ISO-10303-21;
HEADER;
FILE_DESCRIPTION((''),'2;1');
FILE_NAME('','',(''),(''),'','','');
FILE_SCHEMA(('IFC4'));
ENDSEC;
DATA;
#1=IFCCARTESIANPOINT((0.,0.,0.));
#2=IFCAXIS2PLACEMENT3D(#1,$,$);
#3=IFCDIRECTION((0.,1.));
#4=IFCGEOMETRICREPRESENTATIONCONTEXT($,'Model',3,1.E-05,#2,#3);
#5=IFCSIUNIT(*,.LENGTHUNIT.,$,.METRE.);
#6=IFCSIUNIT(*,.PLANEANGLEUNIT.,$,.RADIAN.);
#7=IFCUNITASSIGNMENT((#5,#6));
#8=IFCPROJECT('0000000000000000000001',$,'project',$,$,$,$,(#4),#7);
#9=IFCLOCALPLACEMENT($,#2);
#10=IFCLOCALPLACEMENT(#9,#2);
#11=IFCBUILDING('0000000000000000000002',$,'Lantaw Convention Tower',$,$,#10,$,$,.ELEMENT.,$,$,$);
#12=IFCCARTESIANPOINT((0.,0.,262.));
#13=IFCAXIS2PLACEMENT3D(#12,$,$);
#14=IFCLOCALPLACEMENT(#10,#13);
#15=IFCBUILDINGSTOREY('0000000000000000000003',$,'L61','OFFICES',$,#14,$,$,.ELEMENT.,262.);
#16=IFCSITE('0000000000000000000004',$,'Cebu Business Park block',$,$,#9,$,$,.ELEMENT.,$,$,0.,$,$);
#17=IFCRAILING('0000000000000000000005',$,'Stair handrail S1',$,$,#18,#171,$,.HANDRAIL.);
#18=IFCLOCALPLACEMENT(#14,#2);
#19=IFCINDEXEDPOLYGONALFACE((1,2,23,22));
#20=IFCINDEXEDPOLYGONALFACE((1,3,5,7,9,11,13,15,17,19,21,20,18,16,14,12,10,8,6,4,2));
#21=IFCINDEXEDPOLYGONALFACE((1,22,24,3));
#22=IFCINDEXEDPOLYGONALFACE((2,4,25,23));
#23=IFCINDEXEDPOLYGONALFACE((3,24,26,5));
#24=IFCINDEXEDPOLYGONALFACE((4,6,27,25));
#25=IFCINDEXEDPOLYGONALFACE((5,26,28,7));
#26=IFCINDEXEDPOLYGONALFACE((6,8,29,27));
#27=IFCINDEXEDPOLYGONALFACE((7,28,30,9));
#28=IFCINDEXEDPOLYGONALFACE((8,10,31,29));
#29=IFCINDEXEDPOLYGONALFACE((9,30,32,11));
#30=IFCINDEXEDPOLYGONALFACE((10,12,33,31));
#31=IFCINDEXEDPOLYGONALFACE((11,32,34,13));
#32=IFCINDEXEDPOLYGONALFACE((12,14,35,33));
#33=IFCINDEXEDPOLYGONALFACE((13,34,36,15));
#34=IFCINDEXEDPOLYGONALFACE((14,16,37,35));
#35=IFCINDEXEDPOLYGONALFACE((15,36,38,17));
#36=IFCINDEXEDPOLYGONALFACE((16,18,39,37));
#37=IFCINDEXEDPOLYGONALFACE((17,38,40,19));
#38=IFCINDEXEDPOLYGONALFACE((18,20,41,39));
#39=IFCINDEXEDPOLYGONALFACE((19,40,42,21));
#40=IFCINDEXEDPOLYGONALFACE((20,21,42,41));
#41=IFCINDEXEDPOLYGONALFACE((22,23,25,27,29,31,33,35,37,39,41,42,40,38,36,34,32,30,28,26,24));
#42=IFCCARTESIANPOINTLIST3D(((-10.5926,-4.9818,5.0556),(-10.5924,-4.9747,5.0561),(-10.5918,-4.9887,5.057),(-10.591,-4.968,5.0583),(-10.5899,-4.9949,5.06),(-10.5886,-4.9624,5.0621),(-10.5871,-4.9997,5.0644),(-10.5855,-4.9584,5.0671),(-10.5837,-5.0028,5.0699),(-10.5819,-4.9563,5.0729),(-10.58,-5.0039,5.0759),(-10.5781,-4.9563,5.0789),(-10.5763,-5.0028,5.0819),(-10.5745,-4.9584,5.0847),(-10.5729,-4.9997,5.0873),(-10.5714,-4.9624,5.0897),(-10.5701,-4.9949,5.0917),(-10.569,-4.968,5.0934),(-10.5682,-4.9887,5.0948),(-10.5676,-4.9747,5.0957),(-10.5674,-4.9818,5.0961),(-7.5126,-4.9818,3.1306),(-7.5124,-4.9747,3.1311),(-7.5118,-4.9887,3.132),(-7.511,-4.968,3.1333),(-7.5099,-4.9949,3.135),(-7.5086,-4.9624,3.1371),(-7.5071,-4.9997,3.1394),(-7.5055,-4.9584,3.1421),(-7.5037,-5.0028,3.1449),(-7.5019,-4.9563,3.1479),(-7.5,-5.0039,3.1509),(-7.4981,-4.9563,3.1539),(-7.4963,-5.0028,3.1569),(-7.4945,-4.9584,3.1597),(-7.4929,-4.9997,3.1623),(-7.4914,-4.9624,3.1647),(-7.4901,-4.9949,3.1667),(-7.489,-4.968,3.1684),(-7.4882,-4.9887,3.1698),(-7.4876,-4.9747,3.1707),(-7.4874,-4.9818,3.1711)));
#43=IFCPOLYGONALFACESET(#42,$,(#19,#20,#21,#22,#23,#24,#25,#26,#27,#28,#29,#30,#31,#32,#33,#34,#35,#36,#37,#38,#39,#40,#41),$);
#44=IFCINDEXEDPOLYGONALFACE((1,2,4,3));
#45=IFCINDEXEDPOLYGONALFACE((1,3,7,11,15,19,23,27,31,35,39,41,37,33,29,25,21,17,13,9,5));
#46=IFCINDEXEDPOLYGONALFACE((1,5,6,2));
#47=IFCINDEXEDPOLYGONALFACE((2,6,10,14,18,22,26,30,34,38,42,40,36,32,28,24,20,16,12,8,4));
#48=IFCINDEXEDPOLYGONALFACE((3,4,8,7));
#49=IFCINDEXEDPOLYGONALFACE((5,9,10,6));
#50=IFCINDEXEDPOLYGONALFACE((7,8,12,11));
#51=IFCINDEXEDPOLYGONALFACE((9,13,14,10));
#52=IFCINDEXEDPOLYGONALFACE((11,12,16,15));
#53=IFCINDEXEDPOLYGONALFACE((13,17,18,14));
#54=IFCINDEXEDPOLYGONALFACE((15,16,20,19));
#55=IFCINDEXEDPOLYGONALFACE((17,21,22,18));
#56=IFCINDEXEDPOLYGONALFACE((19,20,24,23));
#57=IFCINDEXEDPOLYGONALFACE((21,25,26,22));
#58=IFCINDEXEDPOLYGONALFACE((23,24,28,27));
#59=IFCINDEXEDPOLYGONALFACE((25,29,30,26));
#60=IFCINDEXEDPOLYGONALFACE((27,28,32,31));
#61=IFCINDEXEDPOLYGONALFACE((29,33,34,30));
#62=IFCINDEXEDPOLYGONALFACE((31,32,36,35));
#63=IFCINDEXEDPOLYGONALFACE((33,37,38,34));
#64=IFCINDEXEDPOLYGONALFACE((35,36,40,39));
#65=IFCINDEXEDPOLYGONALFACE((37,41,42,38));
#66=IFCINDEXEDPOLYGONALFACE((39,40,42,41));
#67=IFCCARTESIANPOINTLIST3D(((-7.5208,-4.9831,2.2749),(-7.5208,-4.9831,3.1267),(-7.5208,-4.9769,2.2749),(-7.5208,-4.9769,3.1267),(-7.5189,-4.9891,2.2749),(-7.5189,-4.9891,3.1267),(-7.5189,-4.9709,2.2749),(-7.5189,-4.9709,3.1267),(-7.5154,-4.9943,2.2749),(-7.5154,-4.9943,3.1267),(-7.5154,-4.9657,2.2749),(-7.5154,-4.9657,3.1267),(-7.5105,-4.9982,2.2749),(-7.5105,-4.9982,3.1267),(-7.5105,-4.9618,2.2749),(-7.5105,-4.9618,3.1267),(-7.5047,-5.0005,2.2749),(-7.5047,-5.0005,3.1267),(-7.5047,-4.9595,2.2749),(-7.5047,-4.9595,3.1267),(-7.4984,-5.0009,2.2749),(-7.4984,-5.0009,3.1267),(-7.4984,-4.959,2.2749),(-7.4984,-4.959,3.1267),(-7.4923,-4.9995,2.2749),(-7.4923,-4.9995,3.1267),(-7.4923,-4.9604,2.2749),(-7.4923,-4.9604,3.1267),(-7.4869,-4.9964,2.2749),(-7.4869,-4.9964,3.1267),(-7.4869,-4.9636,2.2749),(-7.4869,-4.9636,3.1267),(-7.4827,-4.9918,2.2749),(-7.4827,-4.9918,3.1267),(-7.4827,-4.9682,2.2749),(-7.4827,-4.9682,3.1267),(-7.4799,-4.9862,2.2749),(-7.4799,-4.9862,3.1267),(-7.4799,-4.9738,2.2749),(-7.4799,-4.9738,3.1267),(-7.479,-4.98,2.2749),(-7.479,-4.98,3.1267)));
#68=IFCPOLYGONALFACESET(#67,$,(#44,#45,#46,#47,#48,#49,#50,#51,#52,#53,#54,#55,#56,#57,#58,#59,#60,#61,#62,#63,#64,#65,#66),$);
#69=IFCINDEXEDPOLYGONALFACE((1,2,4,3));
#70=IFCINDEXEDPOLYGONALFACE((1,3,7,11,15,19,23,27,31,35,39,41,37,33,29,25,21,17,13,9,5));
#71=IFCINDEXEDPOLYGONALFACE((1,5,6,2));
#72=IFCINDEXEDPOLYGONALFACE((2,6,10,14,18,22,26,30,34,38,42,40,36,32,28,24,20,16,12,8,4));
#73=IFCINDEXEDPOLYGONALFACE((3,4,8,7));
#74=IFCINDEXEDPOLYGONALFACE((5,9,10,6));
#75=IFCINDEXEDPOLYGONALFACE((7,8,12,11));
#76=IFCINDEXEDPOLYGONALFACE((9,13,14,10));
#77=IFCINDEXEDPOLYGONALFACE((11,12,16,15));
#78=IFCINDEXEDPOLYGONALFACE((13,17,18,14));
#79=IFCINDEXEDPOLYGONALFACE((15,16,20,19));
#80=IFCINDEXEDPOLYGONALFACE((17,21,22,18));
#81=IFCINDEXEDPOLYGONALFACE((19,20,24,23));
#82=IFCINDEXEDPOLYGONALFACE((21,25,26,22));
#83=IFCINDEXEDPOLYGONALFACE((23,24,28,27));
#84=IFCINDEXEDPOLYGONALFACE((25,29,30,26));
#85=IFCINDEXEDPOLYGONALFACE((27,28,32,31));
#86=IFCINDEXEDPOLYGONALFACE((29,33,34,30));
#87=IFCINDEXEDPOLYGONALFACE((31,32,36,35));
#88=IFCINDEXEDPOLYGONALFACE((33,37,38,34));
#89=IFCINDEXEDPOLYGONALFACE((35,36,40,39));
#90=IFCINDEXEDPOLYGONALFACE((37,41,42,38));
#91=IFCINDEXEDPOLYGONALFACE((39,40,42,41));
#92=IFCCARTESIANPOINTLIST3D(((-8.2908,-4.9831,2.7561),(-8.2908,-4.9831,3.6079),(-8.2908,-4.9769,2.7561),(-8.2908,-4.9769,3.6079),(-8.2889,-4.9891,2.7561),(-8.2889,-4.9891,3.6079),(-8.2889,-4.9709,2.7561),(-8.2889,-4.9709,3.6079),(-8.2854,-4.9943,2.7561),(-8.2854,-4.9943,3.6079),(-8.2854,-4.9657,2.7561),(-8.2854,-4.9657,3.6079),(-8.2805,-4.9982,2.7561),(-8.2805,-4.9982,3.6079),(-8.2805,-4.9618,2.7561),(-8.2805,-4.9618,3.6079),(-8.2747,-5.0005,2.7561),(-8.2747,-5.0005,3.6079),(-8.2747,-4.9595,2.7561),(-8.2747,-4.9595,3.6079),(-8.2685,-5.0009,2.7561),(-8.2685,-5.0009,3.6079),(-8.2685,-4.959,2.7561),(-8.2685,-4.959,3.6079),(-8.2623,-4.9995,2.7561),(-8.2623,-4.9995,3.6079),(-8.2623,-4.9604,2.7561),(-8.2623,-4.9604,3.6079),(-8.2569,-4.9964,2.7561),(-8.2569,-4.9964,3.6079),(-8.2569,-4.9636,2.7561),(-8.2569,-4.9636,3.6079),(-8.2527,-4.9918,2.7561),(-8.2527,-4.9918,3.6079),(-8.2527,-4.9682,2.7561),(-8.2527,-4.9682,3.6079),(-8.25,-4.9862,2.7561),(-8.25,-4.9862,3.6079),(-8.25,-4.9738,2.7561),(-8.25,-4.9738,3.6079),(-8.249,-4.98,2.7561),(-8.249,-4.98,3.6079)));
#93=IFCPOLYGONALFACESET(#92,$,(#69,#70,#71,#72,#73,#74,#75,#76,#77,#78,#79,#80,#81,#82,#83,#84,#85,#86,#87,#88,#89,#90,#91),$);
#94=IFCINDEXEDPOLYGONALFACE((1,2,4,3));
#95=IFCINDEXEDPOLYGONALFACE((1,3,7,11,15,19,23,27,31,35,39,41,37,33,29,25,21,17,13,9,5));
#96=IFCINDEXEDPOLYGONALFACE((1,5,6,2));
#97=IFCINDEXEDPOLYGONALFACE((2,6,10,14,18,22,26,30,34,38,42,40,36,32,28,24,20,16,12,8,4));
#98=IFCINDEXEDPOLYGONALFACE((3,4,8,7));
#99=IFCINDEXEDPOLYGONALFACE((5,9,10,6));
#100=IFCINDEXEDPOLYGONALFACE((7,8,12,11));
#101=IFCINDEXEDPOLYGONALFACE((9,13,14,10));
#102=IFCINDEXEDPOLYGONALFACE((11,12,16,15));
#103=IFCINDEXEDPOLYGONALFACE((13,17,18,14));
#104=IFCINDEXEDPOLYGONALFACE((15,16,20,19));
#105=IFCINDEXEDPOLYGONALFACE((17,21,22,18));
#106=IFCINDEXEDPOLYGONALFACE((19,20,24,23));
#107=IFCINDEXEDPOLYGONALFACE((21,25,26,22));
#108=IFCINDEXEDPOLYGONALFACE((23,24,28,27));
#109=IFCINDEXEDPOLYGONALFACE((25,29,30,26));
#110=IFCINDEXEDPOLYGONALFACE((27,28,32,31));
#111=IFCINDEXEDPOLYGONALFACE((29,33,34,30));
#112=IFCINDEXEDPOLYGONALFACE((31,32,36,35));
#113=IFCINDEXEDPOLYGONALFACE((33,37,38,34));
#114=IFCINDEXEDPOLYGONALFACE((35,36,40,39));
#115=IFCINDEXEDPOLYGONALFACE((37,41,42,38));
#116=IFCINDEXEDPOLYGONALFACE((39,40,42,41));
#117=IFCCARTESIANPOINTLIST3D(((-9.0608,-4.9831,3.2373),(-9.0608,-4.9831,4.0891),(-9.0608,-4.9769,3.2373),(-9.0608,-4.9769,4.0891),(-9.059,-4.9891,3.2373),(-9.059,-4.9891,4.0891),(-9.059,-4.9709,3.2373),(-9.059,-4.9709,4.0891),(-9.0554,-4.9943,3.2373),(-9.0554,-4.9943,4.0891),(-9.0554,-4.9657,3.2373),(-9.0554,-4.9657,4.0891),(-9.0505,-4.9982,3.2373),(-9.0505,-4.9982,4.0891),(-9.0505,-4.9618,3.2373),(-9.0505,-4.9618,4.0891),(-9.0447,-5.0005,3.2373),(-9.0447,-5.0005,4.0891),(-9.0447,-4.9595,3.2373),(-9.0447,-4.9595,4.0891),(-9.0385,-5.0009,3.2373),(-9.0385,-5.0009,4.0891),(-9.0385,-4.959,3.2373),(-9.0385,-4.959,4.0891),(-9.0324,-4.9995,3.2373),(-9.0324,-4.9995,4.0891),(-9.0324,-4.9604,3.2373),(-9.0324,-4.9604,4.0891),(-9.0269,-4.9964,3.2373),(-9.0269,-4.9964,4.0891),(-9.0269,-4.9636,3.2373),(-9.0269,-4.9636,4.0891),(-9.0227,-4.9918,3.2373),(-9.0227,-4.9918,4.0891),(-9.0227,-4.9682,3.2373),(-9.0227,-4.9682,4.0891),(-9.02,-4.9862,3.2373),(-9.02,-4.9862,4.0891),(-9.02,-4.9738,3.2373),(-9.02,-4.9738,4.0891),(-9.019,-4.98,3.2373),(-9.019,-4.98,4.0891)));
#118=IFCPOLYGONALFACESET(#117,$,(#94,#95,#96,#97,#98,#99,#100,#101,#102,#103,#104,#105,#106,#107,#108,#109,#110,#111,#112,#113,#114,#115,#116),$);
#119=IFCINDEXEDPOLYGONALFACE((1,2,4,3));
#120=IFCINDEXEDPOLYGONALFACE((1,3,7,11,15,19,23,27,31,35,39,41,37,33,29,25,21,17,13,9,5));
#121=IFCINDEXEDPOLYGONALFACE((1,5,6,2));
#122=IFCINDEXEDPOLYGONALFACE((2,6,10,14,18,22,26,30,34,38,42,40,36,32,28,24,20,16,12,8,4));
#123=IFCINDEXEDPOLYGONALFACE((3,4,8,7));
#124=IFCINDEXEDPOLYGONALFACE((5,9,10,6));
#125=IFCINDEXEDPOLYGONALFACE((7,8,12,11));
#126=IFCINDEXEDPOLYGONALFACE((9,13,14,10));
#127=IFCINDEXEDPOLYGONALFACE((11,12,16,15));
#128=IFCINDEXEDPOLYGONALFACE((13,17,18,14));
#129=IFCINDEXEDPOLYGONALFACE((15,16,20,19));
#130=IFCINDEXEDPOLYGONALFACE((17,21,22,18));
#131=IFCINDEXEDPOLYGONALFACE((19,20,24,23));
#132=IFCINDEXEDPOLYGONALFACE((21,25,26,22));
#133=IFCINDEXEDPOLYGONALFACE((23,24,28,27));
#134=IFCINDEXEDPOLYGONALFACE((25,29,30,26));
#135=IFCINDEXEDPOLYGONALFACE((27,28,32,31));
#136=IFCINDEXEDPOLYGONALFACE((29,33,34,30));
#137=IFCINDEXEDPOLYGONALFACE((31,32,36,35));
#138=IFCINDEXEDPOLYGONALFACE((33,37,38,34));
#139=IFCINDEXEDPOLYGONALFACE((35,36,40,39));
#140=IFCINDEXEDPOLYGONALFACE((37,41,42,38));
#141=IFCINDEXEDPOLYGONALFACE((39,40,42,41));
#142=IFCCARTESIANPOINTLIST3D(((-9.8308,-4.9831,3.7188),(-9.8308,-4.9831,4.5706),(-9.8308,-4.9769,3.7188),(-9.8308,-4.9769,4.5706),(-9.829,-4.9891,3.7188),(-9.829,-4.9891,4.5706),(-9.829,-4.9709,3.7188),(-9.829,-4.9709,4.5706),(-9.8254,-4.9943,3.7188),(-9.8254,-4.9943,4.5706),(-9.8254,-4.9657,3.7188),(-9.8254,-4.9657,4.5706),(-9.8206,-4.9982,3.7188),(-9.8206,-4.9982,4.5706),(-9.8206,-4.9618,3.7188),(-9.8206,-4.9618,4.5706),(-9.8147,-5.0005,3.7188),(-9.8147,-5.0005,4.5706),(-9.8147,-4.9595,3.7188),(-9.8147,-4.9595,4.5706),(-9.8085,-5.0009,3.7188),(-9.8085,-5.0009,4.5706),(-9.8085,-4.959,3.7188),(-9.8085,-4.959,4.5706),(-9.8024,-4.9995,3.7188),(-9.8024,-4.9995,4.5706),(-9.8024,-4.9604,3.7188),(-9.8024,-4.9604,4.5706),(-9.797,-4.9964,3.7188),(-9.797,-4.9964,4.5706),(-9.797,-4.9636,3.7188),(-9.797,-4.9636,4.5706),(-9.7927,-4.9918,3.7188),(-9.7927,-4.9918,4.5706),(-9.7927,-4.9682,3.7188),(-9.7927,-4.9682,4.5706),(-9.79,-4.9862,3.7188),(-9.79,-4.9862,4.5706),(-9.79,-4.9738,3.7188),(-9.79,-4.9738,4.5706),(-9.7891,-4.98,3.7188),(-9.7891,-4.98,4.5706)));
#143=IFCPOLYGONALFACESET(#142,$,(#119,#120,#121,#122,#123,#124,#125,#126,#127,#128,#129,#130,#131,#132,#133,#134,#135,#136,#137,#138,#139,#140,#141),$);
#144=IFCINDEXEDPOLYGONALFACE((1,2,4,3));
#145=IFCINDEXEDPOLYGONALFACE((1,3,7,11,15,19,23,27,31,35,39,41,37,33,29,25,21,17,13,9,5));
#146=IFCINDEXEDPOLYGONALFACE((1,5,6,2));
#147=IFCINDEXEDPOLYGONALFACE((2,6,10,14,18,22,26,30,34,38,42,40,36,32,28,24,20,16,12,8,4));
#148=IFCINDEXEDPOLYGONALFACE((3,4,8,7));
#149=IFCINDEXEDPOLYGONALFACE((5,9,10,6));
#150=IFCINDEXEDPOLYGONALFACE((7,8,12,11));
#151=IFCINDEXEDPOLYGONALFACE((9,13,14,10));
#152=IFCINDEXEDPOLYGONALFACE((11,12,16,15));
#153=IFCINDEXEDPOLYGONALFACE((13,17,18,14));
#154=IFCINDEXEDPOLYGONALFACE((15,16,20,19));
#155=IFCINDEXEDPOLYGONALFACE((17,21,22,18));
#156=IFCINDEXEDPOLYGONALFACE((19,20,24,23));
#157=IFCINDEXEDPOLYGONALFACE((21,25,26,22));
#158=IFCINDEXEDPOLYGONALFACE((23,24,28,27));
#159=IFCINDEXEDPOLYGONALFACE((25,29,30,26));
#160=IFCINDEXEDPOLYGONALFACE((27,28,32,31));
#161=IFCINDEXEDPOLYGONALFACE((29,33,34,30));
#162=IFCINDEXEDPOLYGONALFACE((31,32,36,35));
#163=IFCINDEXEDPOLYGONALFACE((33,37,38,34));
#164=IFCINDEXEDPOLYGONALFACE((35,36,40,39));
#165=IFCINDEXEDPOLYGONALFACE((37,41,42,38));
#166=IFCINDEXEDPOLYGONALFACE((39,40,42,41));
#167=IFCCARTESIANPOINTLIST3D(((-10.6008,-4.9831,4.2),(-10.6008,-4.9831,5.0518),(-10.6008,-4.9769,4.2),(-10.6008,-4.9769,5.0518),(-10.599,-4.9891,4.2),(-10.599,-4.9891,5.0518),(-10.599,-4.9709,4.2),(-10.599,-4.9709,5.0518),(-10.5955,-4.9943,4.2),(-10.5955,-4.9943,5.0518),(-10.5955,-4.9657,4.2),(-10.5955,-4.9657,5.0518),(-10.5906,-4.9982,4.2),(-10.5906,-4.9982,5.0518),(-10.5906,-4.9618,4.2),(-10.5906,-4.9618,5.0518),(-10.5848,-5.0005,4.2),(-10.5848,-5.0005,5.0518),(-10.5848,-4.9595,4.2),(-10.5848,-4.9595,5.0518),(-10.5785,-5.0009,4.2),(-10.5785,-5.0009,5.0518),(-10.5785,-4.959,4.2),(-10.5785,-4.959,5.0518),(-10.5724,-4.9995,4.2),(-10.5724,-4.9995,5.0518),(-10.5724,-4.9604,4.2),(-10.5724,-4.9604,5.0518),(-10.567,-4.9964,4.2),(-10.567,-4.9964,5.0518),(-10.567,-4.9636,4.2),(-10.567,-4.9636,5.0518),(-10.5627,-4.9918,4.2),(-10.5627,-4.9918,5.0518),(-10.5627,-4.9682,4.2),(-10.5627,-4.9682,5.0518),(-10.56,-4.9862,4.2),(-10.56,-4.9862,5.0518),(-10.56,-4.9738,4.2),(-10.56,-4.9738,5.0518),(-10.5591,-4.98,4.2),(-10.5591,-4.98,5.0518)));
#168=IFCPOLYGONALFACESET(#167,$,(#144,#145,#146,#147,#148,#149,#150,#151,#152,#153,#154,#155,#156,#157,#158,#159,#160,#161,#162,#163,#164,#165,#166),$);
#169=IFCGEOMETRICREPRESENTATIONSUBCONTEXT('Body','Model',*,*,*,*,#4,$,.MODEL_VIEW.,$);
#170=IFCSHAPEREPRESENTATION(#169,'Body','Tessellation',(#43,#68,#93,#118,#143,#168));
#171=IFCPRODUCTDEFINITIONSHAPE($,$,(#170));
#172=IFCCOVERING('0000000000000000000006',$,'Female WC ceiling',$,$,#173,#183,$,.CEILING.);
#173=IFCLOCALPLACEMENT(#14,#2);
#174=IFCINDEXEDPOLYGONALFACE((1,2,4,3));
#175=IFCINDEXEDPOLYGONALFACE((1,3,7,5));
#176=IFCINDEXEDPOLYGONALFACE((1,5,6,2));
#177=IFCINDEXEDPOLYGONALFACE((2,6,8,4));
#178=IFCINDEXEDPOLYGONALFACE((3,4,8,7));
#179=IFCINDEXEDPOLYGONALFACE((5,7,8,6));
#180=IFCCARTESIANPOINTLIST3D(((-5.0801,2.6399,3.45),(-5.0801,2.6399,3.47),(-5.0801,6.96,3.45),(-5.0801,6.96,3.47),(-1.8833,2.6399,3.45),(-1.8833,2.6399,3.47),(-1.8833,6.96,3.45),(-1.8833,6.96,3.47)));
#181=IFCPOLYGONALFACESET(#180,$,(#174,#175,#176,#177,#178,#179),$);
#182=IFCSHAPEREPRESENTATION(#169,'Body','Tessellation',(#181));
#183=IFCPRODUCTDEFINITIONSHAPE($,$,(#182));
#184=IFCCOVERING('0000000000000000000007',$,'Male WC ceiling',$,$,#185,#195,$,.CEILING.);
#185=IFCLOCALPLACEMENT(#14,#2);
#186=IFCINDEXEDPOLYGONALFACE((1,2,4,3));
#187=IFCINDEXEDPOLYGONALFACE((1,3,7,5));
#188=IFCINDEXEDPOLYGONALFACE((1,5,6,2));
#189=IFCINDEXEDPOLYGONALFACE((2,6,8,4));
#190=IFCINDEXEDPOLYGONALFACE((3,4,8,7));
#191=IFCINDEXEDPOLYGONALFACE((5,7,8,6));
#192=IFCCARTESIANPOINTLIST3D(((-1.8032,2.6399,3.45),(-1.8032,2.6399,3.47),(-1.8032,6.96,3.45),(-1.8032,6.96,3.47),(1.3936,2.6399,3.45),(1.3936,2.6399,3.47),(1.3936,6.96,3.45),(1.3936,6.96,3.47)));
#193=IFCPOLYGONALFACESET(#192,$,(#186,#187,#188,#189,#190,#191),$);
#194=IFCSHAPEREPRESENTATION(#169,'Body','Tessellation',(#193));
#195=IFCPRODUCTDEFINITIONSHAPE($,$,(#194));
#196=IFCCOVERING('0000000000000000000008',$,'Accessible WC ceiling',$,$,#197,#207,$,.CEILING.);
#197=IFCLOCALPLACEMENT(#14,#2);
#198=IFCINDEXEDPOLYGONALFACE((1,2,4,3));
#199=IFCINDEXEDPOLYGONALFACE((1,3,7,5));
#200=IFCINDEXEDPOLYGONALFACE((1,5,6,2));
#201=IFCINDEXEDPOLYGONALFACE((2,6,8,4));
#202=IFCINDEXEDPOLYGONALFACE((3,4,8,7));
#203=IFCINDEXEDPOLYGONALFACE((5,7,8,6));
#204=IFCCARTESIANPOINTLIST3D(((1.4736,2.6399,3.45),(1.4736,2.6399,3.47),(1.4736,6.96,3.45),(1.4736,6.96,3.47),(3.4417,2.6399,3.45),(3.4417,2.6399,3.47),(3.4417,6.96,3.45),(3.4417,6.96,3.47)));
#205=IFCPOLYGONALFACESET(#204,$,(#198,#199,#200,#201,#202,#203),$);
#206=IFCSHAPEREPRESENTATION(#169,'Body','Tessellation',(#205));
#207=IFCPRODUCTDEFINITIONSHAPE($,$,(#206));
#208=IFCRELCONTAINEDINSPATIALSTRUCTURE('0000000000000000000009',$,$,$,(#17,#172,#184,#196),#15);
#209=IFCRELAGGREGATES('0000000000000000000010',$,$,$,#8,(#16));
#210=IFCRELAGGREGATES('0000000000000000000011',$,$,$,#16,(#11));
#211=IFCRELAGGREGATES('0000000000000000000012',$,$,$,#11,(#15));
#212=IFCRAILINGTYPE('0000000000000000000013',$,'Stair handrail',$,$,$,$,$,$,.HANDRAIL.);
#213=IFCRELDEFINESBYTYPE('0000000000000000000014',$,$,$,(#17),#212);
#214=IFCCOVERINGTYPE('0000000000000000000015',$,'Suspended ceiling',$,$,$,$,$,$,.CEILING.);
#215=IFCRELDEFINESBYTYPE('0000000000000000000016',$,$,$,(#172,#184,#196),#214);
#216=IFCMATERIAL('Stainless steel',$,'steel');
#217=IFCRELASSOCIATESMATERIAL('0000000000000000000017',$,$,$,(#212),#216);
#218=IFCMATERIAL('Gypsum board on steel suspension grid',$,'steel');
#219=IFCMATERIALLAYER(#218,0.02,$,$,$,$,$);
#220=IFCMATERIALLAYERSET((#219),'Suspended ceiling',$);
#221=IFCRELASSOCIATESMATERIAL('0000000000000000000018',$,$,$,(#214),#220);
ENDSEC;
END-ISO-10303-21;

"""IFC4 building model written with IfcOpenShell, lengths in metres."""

from ifc_helpers import new_model, si_unit, direction, frame, origin, origin_2d, place, context, subcontext, project, spatial, polyline, circle, outline, extrude, material, layer, layer_set, type_object, element, save


model = new_model("IFC4")

# Units and contexts
model_context = context("Model", 3, precision=1e-05, world=origin(), true_north=direction((0.0, 1.0)))
body_context = subcontext(model_context, "Body", "Model", "MODEL_VIEW")
ifc_project = project(units=[si_unit("LENGTHUNIT", "METRE"), si_unit("PLANEANGLEUNIT", "RADIAN")], contexts=[model_context])

# Site, building, storey
site_placement = place(None, origin())
site = spatial("IfcSite", under=ifc_project, at=site_placement, Name="Cebu Business Park block", CompositionType="ELEMENT", RefElevation=0.0)
building_placement = place(site_placement, origin())
building = spatial("IfcBuilding", under=site, at=building_placement, Name="Lantaw Convention Tower", CompositionType="ELEMENT")
storey_placement = place(building_placement, frame((0.0, 0.0, 262.0)))
storey = spatial("IfcBuildingStorey", under=building, at=storey_placement, Name="L61", Description="OFFICES", CompositionType="ELEMENT", Elevation=262.0)

# Shared definitions
ifc_material_1 = material(Name="Stainless steel", Category="steel")

# Railing
railing_type = type_object("IfcRailingType", Name="Stair handrail", PredefinedType="HANDRAIL", material=ifc_material_1)
railing_1_placement = place(storey_placement, frame((-7.5, -4.98, 2.2749)))
element("IfcRailing", 1, at=railing_1_placement, inside=storey, type_object=railing_type, Name="Stair handrail S1", PredefinedType="HANDRAIL", context=body_context, shape_type="SweptSolid", body=[
    extrude(circle(Radius=0.0239, at=origin_2d()), frame((0.0, 0.0, 0.876), z_axis=(-0.847998, 0.0, 0.529999), x_axis=(0.0, -1.0, 0.0)), (0.0, 0.0, 1.0), 3.6321),
    extrude(circle(Radius=0.021, at=origin_2d()), origin(), (0.0, 0.0, 1.0), 0.8518),
    extrude(circle(Radius=0.021, at=origin_2d()), frame((-0.77, 0.0, 0.4812)), (0.0, 0.0, 1.0), 0.8518),
    extrude(circle(Radius=0.021, at=origin_2d()), frame((-1.54, 0.0, 0.9624)), (0.0, 0.0, 1.0), 0.8518),
    extrude(circle(Radius=0.021, at=origin_2d()), frame((-2.3101, 0.0, 1.4438)), (0.0, 0.0, 1.0), 0.8518),
    extrude(circle(Radius=0.021, at=origin_2d()), frame((-3.0801, 0.0, 1.925)), (0.0, 0.0, 1.0), 0.8518),
])

# Coverings
ifc_material_2 = material(Name="Gypsum board on steel suspension grid", Category="steel")
ifc_layer_1 = layer(ifc_material_2, 0.02)
ifc_layer_set_1 = layer_set([ifc_layer_1], Name="Suspended ceiling")
covering_type = type_object("IfcCoveringType", Name="Suspended ceiling", PredefinedType="CEILING", material=ifc_layer_set_1)
covering_1_placement = place(storey_placement, frame((0.0, 0.0, 3.45)))
element("IfcCovering", 2, at=covering_1_placement, inside=storey, type_object=covering_type, Name="Female WC ceiling", PredefinedType="CEILING", context=body_context, shape_type="SweptSolid", body=[
    extrude(outline(polyline([(-5.0801, 2.6399), (-1.8833, 2.6399), (-1.8833, 6.96), (-5.0801, 6.96), (-5.0801, 2.6399)])), origin(), (0.0, 0.0, 1.0), 0.02),
])
covering_2_placement = place(storey_placement, frame((0.0, 0.0, 3.45)))
element("IfcCovering", 3, at=covering_2_placement, inside=storey, type_object=covering_type, Name="Male WC ceiling", PredefinedType="CEILING", context=body_context, shape_type="SweptSolid", body=[
    extrude(outline(polyline([(-1.8032, 2.6399), (1.3936, 2.6399), (1.3936, 6.96), (-1.8032, 6.96), (-1.8032, 2.6399)])), origin(), (0.0, 0.0, 1.0), 0.02),
])
covering_3_placement = place(storey_placement, frame((0.0, 0.0, 3.45)))
element("IfcCovering", 4, at=covering_3_placement, inside=storey, type_object=covering_type, Name="Accessible WC ceiling", PredefinedType="CEILING", context=body_context, shape_type="SweptSolid", body=[
    extrude(outline(polyline([(1.4736, 2.6399), (3.4417, 2.6399), (3.4417, 6.96), (1.4736, 6.96), (1.4736, 2.6399)])), origin(), (0.0, 0.0, 1.0), 0.02),
])

save(model, "model.ifc")
